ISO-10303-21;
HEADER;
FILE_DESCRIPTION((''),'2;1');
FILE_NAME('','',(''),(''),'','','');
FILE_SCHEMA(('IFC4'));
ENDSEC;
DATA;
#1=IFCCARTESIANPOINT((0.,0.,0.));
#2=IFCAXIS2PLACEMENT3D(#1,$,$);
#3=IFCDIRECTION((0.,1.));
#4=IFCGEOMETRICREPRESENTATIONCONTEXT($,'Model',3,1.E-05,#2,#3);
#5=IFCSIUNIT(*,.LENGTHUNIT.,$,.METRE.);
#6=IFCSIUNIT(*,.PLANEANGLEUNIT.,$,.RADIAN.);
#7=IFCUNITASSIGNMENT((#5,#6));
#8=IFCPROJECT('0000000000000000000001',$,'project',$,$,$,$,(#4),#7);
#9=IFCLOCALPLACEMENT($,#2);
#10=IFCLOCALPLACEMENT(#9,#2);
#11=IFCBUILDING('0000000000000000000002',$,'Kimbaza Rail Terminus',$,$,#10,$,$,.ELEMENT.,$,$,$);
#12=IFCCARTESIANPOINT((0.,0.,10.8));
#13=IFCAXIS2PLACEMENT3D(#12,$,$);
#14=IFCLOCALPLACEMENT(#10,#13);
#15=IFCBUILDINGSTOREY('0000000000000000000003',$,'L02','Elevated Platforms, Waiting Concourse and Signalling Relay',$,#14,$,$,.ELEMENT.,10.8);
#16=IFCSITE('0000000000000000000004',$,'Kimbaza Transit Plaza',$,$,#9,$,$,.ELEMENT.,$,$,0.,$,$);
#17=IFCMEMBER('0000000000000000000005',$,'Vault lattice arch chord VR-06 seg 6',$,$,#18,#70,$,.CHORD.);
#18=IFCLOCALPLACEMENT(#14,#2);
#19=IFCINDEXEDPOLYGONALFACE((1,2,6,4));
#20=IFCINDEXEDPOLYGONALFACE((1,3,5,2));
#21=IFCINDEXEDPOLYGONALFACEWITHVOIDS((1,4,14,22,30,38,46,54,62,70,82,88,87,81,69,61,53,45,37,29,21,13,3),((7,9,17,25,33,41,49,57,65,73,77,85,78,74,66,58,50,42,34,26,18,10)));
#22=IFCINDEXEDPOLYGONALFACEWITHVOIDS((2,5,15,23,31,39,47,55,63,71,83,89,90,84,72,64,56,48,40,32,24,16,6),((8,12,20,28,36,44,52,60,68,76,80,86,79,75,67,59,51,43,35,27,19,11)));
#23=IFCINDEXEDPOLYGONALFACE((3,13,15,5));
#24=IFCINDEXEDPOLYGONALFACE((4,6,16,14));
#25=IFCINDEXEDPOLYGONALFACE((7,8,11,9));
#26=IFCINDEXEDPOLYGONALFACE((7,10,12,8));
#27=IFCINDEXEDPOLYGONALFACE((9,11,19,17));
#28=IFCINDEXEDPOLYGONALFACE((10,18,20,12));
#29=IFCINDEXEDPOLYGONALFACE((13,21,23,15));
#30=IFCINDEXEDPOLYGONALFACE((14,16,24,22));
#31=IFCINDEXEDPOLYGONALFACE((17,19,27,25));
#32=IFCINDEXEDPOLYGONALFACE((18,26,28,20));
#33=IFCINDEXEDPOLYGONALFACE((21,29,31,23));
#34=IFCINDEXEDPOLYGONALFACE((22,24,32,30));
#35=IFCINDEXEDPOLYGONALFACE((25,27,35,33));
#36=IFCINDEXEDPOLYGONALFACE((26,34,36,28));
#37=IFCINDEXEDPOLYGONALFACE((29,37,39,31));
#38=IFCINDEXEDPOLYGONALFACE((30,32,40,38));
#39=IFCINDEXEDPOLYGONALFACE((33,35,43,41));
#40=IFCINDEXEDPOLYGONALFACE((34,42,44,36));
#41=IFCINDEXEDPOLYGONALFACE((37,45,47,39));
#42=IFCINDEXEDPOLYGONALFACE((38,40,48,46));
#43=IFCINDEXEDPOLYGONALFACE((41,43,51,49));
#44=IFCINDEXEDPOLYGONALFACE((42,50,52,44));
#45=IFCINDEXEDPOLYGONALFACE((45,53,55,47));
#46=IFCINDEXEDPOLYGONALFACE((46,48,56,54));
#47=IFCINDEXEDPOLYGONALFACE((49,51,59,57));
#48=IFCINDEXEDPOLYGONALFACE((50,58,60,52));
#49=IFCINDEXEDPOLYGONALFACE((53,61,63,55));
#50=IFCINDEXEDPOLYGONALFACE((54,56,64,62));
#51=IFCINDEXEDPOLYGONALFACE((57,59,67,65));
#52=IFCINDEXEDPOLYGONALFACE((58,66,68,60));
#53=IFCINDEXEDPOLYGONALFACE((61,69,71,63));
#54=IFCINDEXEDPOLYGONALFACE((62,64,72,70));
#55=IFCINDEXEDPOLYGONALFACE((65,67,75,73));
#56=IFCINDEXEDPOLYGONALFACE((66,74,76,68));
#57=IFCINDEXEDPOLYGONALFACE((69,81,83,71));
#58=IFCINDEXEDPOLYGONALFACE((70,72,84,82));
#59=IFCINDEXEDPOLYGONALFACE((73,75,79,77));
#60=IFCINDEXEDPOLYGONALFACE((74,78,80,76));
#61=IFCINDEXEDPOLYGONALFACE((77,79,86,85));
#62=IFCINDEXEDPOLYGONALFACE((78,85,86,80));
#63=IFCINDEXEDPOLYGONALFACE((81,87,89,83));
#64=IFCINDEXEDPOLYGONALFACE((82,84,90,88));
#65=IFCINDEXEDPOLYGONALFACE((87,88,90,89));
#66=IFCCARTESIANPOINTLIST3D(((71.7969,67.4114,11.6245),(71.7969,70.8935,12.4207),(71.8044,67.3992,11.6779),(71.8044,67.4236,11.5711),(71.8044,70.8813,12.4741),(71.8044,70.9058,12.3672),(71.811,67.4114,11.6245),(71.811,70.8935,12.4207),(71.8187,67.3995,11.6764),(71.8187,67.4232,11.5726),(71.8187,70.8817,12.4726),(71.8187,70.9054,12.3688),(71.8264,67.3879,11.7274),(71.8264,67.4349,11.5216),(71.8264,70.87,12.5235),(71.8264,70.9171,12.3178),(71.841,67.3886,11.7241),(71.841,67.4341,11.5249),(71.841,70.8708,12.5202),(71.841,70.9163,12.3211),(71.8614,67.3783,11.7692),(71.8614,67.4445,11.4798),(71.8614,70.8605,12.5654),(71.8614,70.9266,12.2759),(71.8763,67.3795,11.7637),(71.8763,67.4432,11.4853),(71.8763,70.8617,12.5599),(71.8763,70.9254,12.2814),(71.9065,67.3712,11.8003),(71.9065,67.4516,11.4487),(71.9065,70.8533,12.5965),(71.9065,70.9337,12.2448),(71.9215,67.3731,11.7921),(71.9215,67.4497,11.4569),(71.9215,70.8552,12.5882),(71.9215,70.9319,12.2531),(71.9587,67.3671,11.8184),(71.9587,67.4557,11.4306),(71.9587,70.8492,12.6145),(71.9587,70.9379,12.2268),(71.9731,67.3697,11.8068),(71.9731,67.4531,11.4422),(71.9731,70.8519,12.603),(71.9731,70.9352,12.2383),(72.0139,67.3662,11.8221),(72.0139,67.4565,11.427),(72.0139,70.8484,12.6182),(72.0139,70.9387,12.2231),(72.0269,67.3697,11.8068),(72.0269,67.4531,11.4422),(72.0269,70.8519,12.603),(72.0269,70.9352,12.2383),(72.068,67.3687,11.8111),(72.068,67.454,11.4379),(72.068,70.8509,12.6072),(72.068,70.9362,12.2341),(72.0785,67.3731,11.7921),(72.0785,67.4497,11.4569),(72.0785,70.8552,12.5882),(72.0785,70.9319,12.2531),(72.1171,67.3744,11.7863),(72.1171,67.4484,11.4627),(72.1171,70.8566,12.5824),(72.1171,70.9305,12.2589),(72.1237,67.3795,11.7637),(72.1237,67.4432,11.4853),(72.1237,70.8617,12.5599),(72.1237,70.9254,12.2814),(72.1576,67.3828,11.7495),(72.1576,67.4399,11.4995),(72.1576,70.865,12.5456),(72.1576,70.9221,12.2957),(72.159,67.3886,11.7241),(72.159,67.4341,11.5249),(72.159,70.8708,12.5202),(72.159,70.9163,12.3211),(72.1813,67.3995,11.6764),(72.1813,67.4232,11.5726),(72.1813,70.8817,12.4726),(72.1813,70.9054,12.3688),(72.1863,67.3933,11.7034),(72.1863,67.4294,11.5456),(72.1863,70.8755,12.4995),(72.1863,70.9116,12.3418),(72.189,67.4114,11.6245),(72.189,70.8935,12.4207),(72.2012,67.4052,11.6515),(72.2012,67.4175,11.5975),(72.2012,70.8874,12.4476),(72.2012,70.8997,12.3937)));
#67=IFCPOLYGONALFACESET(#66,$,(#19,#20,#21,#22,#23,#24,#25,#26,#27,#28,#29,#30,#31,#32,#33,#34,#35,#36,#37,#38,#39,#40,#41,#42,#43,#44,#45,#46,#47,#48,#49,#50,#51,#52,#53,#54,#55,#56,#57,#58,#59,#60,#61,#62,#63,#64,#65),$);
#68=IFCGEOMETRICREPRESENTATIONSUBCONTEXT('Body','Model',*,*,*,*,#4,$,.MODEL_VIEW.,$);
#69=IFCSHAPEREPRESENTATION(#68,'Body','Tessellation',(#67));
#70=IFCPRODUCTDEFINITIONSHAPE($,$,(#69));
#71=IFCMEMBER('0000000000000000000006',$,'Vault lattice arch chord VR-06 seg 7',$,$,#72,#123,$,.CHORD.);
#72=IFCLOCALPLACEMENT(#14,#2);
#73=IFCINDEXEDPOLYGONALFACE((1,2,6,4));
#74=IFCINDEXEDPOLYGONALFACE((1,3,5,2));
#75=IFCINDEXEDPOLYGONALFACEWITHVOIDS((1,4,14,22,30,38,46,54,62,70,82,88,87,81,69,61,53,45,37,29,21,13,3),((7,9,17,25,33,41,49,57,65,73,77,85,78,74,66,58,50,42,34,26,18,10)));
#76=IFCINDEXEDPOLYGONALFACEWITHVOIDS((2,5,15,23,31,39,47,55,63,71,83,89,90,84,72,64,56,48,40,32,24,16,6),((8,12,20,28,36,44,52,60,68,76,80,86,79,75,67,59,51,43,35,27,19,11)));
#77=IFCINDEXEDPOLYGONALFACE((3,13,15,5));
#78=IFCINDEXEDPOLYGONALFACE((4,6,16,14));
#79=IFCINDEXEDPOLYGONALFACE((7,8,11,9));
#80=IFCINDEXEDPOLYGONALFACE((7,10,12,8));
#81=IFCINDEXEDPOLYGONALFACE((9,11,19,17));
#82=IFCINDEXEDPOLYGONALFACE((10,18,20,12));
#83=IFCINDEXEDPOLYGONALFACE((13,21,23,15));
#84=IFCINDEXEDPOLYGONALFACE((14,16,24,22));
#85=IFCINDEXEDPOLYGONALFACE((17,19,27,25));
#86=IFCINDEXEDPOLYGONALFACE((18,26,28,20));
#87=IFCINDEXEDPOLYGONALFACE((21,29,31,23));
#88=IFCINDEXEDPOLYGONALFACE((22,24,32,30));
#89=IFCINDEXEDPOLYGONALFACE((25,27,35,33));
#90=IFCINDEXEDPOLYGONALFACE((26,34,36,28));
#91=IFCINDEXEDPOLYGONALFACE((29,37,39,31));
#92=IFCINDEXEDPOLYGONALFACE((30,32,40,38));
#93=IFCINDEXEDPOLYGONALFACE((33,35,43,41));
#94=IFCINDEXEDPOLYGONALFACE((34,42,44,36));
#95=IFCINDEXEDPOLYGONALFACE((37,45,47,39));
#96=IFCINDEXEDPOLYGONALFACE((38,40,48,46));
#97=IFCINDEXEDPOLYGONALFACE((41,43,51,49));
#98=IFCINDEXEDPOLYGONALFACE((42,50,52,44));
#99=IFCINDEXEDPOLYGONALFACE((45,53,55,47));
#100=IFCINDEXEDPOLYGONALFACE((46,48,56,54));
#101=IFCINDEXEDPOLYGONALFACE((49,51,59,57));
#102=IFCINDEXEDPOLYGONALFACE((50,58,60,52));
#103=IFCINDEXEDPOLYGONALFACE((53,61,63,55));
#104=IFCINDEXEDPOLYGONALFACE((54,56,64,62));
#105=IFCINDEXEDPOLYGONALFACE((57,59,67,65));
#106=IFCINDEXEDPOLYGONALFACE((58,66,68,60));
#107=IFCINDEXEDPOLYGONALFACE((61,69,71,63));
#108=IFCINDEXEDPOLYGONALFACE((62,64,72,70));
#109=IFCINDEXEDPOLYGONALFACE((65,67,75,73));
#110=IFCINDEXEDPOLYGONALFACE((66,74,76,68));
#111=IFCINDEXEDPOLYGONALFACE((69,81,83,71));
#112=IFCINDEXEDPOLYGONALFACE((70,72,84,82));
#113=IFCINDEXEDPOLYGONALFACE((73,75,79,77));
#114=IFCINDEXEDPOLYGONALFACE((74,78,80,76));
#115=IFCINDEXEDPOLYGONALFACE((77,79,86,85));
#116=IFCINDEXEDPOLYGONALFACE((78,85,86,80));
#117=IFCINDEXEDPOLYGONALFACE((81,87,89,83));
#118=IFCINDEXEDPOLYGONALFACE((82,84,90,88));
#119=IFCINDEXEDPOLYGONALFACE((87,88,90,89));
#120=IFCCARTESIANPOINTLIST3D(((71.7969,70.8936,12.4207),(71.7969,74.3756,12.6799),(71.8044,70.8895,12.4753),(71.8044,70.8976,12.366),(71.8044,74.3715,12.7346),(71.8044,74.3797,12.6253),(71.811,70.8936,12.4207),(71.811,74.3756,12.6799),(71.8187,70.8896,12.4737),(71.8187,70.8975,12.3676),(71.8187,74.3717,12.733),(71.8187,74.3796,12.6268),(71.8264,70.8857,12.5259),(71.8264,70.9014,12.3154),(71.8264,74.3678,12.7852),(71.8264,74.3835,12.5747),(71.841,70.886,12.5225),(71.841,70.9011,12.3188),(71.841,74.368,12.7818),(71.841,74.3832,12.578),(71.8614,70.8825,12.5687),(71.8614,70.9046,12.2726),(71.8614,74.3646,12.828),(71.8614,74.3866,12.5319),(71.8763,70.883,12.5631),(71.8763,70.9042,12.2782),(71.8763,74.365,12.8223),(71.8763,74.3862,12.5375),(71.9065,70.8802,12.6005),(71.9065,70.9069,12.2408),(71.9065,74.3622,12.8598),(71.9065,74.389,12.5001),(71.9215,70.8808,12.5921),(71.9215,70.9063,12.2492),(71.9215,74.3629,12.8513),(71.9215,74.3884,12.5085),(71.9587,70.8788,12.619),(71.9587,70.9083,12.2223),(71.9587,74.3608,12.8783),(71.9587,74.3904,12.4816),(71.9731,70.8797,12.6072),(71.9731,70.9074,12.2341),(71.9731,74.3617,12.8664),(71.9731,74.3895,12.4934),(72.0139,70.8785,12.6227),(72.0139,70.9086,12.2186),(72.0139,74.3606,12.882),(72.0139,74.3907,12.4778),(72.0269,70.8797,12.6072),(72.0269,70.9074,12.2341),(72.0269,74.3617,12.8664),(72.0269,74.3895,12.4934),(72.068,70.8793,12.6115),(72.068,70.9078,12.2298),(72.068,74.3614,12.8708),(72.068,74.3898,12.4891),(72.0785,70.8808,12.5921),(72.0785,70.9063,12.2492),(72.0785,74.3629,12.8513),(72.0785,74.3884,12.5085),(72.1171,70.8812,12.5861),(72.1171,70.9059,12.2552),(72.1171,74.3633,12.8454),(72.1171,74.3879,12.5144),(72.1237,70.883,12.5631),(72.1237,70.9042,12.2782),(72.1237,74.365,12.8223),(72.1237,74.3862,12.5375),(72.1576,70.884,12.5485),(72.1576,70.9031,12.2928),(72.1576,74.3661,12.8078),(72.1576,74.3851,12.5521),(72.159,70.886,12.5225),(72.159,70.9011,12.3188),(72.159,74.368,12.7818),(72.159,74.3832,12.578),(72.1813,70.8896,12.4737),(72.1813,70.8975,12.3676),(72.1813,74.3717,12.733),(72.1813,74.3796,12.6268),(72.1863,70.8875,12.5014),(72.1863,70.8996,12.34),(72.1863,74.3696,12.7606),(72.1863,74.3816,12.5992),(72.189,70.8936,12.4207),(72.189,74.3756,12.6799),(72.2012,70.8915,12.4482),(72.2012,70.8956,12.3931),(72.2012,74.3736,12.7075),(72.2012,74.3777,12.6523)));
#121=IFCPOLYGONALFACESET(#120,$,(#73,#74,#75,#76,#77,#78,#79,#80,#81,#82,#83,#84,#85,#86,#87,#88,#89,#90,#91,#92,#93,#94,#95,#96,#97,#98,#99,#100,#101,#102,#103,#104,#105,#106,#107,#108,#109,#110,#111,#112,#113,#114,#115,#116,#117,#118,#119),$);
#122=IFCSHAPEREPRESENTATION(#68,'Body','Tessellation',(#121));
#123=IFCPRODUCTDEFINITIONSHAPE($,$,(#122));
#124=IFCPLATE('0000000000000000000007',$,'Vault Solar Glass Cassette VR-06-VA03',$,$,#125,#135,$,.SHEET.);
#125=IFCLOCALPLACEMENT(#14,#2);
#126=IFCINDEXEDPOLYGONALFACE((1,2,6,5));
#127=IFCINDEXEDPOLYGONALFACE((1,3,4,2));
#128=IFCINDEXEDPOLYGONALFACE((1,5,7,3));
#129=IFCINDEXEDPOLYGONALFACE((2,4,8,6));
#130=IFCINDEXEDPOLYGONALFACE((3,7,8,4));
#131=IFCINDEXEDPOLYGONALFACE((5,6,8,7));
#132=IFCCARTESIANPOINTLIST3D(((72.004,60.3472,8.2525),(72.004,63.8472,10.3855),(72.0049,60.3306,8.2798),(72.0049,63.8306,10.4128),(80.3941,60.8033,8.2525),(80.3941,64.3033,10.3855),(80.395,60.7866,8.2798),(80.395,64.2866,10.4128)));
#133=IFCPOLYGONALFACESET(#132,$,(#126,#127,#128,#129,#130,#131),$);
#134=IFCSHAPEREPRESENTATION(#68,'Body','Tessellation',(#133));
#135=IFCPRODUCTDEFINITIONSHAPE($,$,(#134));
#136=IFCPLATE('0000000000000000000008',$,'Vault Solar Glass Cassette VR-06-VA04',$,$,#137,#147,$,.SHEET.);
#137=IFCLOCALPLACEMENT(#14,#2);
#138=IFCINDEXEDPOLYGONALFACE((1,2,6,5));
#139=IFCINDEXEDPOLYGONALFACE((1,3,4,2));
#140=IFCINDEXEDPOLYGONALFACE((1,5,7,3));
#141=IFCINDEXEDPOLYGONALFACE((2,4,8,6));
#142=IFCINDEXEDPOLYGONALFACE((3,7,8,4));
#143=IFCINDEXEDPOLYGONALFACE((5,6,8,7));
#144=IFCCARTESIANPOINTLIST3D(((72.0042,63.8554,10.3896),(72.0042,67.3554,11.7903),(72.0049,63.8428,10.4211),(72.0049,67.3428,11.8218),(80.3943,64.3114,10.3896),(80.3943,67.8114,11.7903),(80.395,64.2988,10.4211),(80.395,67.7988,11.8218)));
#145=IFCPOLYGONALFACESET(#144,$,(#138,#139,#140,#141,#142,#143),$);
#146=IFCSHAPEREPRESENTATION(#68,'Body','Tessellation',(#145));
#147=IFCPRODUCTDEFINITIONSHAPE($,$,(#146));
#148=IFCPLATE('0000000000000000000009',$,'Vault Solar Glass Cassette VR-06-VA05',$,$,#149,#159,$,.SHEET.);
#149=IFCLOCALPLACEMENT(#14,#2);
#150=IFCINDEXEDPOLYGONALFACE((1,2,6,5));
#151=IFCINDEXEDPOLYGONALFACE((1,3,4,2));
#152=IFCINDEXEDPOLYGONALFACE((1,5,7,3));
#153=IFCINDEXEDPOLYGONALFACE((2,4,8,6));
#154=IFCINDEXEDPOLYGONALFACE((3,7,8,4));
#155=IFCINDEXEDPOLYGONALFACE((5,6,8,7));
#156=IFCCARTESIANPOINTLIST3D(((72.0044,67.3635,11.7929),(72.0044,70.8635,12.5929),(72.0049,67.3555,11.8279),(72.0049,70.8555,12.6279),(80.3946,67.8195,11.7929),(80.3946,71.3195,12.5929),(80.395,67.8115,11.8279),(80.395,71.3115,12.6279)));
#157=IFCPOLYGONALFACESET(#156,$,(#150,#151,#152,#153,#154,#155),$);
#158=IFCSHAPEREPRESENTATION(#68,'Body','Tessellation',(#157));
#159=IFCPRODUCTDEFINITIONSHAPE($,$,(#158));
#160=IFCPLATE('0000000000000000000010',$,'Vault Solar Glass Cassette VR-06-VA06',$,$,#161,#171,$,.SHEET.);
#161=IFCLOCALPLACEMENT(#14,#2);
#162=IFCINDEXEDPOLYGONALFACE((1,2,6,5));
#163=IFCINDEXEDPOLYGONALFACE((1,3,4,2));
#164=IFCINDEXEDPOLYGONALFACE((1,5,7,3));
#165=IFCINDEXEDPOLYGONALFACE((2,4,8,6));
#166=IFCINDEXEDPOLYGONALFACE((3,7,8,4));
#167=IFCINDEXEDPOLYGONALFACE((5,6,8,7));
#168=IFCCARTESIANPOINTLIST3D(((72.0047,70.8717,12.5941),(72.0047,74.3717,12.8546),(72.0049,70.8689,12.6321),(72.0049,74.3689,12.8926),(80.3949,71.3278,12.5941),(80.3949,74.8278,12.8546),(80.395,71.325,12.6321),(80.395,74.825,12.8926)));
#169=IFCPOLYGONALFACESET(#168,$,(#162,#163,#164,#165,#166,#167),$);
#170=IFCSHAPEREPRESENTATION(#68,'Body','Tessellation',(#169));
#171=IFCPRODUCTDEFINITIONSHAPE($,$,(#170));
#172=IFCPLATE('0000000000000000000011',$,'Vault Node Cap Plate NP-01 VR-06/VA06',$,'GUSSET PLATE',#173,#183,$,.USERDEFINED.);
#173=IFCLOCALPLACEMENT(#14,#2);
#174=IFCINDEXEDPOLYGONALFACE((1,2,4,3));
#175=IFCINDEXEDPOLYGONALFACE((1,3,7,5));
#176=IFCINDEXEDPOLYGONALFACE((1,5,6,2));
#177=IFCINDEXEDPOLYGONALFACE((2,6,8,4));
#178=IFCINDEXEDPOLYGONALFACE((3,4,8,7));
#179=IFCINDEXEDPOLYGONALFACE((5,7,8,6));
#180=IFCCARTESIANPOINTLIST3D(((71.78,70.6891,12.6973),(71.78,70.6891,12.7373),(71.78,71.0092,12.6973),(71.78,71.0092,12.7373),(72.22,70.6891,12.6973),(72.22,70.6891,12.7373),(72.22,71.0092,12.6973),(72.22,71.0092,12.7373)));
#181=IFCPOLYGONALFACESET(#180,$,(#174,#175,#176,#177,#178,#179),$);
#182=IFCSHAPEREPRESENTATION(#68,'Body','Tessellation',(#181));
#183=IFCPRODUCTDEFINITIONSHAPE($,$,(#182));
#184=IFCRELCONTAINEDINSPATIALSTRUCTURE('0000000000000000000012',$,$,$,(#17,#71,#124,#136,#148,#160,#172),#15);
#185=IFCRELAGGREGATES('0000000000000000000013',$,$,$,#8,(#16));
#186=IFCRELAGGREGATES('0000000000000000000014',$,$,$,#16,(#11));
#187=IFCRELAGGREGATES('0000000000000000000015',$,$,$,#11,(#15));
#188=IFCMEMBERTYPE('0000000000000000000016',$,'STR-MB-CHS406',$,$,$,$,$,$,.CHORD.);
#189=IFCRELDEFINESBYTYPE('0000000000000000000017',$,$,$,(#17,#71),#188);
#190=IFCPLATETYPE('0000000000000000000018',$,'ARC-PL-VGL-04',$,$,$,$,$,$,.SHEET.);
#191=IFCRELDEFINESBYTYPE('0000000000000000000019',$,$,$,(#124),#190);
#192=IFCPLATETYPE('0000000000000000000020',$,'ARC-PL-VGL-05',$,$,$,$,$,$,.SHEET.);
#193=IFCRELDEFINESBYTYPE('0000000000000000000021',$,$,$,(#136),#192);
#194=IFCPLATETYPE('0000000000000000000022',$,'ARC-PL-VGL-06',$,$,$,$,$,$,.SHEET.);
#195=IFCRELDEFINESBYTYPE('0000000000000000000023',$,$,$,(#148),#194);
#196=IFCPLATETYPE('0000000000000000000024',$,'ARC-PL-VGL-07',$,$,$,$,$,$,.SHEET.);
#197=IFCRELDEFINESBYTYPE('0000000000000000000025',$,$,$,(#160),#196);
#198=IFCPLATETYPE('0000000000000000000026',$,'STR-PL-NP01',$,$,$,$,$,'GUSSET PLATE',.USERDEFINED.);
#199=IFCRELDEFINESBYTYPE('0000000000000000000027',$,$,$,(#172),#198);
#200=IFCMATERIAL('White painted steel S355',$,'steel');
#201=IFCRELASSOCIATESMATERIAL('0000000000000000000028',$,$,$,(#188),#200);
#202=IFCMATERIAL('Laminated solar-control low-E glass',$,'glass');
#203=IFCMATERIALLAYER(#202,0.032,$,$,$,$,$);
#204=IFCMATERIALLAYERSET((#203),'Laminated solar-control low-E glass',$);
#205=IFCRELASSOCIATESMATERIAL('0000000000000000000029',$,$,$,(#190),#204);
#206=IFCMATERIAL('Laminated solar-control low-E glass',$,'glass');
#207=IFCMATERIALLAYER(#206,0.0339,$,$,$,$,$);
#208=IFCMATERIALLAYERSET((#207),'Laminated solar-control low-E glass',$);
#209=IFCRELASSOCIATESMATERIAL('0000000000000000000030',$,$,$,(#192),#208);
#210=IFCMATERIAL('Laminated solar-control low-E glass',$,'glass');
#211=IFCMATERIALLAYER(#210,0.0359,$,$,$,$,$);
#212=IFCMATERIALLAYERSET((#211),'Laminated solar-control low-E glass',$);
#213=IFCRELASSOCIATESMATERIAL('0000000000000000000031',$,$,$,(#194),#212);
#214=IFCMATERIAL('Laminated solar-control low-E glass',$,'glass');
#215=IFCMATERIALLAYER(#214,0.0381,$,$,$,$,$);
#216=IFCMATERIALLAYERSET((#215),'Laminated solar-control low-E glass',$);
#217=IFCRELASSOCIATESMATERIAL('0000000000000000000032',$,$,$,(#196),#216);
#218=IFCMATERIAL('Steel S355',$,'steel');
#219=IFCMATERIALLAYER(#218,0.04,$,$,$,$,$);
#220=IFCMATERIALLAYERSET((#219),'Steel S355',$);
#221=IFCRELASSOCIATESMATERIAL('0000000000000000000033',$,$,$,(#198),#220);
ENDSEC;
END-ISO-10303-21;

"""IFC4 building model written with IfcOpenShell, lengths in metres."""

from ifc_helpers import new_model, si_unit, direction, frame, origin, origin_2d, place, context, subcontext, project, spatial, polyline, rectangle, hollow_circle, outline, extrude, material, layer, layer_set, material_profile, profile_set, type_object, element, save


model = new_model("IFC4")

# Units and contexts
model_context = context("Model", 3, precision=1e-05, world=origin(), true_north=direction((0.0, 1.0)))
body_context = subcontext(model_context, "Body", "Model", "MODEL_VIEW")
ifc_project = project(units=[si_unit("LENGTHUNIT", "METRE"), si_unit("PLANEANGLEUNIT", "RADIAN")], contexts=[model_context])

# Site, building, storey
site_placement = place(None, origin())
site = spatial("IfcSite", under=ifc_project, at=site_placement, Name="Kimbaza Transit Plaza", CompositionType="ELEMENT", RefElevation=0.0)
building_placement = place(site_placement, origin())
building = spatial("IfcBuilding", under=site, at=building_placement, Name="Kimbaza Rail Terminus", CompositionType="ELEMENT")
storey_placement = place(building_placement, frame((0.0, 0.0, 10.8)))
storey = spatial("IfcBuildingStorey", under=building, at=storey_placement, Name="L02", Description="Elevated Platforms, Waiting Concourse and Signalling Relay", CompositionType="ELEMENT", Elevation=10.8)

# Members
ifc_material_1 = material(Name="White painted steel S355", Category="steel")
ifc_material_profile_1 = material_profile(ifc_material_1, hollow_circle(Radius=0.2031, WallThickness=0.0142, at=origin_2d()), Name="CHS 406.4x14.2")
ifc_profile_set_1 = profile_set([ifc_material_profile_1], Name="White painted steel S355")
member_type_1 = type_object("IfcMemberType", Name="STR-MB-CHS406", PredefinedType="CHORD", material=ifc_profile_set_1)
member_1_placement = place(storey_placement, frame((72.0, 67.4114, 11.6245), z_axis=(0.0, 0.974845, 0.222882), x_axis=(-1.0, 0.0, 0.0)))
element("IfcMember", 1, at=member_1_placement, inside=storey, type_object=member_type_1, Name="Vault lattice arch chord VR-06 seg 6", PredefinedType="CHORD", context=body_context, shape_type="SweptSolid", body=[
    extrude(hollow_circle(Radius=0.2031, WallThickness=0.0142, at=origin_2d()), origin(), (0.0, 0.0, 1.0), 3.572),
])
member_2_placement = place(storey_placement, frame((72.0, 70.8936, 12.4207), z_axis=(0.0, 0.997239, 0.074253), x_axis=(-1.0, 0.0, 0.0)))
element("IfcMember", 2, at=member_2_placement, inside=storey, type_object=member_type_1, Name="Vault lattice arch chord VR-06 seg 7", PredefinedType="CHORD", context=body_context, shape_type="SweptSolid", body=[
    extrude(hollow_circle(Radius=0.2031, WallThickness=0.0142, at=origin_2d()), origin(), (0.0, 0.0, 1.0), 3.4917),
])

# Plates
ifc_material_2 = material(Name="Laminated solar-control low-E glass", Category="glass")
ifc_layer_1 = layer(ifc_material_2, 0.032)
ifc_layer_set_1 = layer_set([ifc_layer_1], Name="Laminated solar-control low-E glass")
plate_type_1 = type_object("IfcPlateType", Name="ARC-PL-VGL-04", PredefinedType="SHEET", material=ifc_layer_set_1)
plate_1_placement = place(storey_placement, frame((72.0049, 60.3306, 8.2798), z_axis=(0.028276, -0.520206, 0.853573), x_axis=(0.998526, 0.054276, 0.0)))
element("IfcPlate", 3, at=plate_1_placement, inside=storey, type_object=plate_type_1, Name="Vault Solar Glass Cassette VR-06-VA03", PredefinedType="SHEET", context=body_context, shape_type="SweptSolid", body=[
    extrude(outline(polyline([(0.0, 0.0), (8.4025, 0.0), (8.5925, 4.0944), (0.19, 4.0944), (0.0, 0.0)])), origin(), (0.0, 0.0, -1.0), 0.032),
])
ifc_material_3 = material(Name="Laminated solar-control low-E glass", Category="glass")
ifc_layer_2 = layer(ifc_material_3, 0.0339)
ifc_layer_set_2 = layer_set([ifc_layer_2], Name="Laminated solar-control low-E glass")
plate_type_2 = type_object("IfcPlateType", Name="ARC-PL-VGL-05", PredefinedType="SHEET", material=ifc_layer_set_2)
plate_2_placement = place(storey_placement, frame((72.0049, 63.8428, 10.4211), z_axis=(0.020191, -0.37146, 0.928229), x_axis=(0.998526, 0.054276, 0.0)))
element("IfcPlate", 4, at=plate_2_placement, inside=storey, type_object=plate_type_2, Name="Vault Solar Glass Cassette VR-06-VA04", PredefinedType="SHEET", context=body_context, shape_type="SweptSolid", body=[
    extrude(outline(polyline([(0.0, 0.0), (8.4025, 0.0), (8.5925, 3.7651), (0.19, 3.7651), (0.0, 0.0)])), origin(), (0.0, 0.0, -1.0), 0.0339),
])
ifc_material_4 = material(Name="Laminated solar-control low-E glass", Category="glass")
ifc_layer_3 = layer(ifc_material_4, 0.0359)
ifc_layer_set_3 = layer_set([ifc_layer_3], Name="Laminated solar-control low-E glass")
plate_type_3 = type_object("IfcPlateType", Name="ARC-PL-VGL-06", PredefinedType="SHEET", material=ifc_layer_set_3)
plate_3_placement = place(storey_placement, frame((72.0049, 67.3555, 11.8279), z_axis=(0.012112, -0.222821, 0.974784), x_axis=(0.998526, 0.054276, 0.0)))
element("IfcPlate", 5, at=plate_3_placement, inside=storey, type_object=plate_type_3, Name="Vault Solar Glass Cassette VR-06-VA05", PredefinedType="SHEET", context=body_context, shape_type="SweptSolid", body=[
    extrude(outline(polyline([(0.0, 0.0), (8.4025, 0.0), (8.5925, 3.5852), (0.19, 3.5852), (0.0, 0.0)])), origin(), (0.0, 0.0, -1.0), 0.0359),
])
ifc_material_5 = material(Name="Laminated solar-control low-E glass", Category="glass")
ifc_layer_4 = layer(ifc_material_5, 0.0381)
ifc_layer_set_4 = layer_set([ifc_layer_4], Name="Laminated solar-control low-E glass")
plate_type_4 = type_object("IfcPlateType", Name="ARC-PL-VGL-07", PredefinedType="SHEET", material=ifc_layer_set_4)
plate_4_placement = place(storey_placement, frame((72.0049, 70.8689, 12.6321), z_axis=(0.004034, -0.074222, 0.997234), x_axis=(0.998526, 0.054276, 0.0)))
element("IfcPlate", 6, at=plate_4_placement, inside=storey, type_object=plate_type_4, Name="Vault Solar Glass Cassette VR-06-VA06", PredefinedType="SHEET", context=body_context, shape_type="SweptSolid", body=[
    extrude(outline(polyline([(0.0, 0.0), (8.4025, 0.0), (8.5925, 3.5045), (0.19, 3.5045), (0.0, 0.0)])), origin(), (0.0, 0.0, -1.0), 0.0381),
])
ifc_material_6 = material(Name="Steel S355", Category="steel")
ifc_layer_5 = layer(ifc_material_6, 0.04)
ifc_layer_set_5 = layer_set([ifc_layer_5], Name="Steel S355")
plate_type_5 = type_object("IfcPlateType", Name="STR-PL-NP01", ElementType="GUSSET PLATE", PredefinedType="USERDEFINED", material=ifc_layer_set_5)
for number, where, z_axis, x_axis, name in (
    (7, (72.0, 70.8491, 12.6973), (0.0, 0.0, 1.0), (1.0, 0.0, 0.0), "Vault Node Cap Plate NP-01 VR-06/VA06"),
):
    element("IfcPlate", number, at=place(storey_placement, frame(where, z_axis=z_axis, x_axis=x_axis)), inside=storey, type_object=plate_type_5, Name=name, ObjectType="GUSSET PLATE", PredefinedType="USERDEFINED", context=body_context, shape_type="SweptSolid", body=[
        extrude(rectangle(XDim=0.4399, YDim=0.3201, at=origin_2d()), origin(), (0.0, 0.0, 1.0), 0.04),
    ])

save(model, "model.ifc")
